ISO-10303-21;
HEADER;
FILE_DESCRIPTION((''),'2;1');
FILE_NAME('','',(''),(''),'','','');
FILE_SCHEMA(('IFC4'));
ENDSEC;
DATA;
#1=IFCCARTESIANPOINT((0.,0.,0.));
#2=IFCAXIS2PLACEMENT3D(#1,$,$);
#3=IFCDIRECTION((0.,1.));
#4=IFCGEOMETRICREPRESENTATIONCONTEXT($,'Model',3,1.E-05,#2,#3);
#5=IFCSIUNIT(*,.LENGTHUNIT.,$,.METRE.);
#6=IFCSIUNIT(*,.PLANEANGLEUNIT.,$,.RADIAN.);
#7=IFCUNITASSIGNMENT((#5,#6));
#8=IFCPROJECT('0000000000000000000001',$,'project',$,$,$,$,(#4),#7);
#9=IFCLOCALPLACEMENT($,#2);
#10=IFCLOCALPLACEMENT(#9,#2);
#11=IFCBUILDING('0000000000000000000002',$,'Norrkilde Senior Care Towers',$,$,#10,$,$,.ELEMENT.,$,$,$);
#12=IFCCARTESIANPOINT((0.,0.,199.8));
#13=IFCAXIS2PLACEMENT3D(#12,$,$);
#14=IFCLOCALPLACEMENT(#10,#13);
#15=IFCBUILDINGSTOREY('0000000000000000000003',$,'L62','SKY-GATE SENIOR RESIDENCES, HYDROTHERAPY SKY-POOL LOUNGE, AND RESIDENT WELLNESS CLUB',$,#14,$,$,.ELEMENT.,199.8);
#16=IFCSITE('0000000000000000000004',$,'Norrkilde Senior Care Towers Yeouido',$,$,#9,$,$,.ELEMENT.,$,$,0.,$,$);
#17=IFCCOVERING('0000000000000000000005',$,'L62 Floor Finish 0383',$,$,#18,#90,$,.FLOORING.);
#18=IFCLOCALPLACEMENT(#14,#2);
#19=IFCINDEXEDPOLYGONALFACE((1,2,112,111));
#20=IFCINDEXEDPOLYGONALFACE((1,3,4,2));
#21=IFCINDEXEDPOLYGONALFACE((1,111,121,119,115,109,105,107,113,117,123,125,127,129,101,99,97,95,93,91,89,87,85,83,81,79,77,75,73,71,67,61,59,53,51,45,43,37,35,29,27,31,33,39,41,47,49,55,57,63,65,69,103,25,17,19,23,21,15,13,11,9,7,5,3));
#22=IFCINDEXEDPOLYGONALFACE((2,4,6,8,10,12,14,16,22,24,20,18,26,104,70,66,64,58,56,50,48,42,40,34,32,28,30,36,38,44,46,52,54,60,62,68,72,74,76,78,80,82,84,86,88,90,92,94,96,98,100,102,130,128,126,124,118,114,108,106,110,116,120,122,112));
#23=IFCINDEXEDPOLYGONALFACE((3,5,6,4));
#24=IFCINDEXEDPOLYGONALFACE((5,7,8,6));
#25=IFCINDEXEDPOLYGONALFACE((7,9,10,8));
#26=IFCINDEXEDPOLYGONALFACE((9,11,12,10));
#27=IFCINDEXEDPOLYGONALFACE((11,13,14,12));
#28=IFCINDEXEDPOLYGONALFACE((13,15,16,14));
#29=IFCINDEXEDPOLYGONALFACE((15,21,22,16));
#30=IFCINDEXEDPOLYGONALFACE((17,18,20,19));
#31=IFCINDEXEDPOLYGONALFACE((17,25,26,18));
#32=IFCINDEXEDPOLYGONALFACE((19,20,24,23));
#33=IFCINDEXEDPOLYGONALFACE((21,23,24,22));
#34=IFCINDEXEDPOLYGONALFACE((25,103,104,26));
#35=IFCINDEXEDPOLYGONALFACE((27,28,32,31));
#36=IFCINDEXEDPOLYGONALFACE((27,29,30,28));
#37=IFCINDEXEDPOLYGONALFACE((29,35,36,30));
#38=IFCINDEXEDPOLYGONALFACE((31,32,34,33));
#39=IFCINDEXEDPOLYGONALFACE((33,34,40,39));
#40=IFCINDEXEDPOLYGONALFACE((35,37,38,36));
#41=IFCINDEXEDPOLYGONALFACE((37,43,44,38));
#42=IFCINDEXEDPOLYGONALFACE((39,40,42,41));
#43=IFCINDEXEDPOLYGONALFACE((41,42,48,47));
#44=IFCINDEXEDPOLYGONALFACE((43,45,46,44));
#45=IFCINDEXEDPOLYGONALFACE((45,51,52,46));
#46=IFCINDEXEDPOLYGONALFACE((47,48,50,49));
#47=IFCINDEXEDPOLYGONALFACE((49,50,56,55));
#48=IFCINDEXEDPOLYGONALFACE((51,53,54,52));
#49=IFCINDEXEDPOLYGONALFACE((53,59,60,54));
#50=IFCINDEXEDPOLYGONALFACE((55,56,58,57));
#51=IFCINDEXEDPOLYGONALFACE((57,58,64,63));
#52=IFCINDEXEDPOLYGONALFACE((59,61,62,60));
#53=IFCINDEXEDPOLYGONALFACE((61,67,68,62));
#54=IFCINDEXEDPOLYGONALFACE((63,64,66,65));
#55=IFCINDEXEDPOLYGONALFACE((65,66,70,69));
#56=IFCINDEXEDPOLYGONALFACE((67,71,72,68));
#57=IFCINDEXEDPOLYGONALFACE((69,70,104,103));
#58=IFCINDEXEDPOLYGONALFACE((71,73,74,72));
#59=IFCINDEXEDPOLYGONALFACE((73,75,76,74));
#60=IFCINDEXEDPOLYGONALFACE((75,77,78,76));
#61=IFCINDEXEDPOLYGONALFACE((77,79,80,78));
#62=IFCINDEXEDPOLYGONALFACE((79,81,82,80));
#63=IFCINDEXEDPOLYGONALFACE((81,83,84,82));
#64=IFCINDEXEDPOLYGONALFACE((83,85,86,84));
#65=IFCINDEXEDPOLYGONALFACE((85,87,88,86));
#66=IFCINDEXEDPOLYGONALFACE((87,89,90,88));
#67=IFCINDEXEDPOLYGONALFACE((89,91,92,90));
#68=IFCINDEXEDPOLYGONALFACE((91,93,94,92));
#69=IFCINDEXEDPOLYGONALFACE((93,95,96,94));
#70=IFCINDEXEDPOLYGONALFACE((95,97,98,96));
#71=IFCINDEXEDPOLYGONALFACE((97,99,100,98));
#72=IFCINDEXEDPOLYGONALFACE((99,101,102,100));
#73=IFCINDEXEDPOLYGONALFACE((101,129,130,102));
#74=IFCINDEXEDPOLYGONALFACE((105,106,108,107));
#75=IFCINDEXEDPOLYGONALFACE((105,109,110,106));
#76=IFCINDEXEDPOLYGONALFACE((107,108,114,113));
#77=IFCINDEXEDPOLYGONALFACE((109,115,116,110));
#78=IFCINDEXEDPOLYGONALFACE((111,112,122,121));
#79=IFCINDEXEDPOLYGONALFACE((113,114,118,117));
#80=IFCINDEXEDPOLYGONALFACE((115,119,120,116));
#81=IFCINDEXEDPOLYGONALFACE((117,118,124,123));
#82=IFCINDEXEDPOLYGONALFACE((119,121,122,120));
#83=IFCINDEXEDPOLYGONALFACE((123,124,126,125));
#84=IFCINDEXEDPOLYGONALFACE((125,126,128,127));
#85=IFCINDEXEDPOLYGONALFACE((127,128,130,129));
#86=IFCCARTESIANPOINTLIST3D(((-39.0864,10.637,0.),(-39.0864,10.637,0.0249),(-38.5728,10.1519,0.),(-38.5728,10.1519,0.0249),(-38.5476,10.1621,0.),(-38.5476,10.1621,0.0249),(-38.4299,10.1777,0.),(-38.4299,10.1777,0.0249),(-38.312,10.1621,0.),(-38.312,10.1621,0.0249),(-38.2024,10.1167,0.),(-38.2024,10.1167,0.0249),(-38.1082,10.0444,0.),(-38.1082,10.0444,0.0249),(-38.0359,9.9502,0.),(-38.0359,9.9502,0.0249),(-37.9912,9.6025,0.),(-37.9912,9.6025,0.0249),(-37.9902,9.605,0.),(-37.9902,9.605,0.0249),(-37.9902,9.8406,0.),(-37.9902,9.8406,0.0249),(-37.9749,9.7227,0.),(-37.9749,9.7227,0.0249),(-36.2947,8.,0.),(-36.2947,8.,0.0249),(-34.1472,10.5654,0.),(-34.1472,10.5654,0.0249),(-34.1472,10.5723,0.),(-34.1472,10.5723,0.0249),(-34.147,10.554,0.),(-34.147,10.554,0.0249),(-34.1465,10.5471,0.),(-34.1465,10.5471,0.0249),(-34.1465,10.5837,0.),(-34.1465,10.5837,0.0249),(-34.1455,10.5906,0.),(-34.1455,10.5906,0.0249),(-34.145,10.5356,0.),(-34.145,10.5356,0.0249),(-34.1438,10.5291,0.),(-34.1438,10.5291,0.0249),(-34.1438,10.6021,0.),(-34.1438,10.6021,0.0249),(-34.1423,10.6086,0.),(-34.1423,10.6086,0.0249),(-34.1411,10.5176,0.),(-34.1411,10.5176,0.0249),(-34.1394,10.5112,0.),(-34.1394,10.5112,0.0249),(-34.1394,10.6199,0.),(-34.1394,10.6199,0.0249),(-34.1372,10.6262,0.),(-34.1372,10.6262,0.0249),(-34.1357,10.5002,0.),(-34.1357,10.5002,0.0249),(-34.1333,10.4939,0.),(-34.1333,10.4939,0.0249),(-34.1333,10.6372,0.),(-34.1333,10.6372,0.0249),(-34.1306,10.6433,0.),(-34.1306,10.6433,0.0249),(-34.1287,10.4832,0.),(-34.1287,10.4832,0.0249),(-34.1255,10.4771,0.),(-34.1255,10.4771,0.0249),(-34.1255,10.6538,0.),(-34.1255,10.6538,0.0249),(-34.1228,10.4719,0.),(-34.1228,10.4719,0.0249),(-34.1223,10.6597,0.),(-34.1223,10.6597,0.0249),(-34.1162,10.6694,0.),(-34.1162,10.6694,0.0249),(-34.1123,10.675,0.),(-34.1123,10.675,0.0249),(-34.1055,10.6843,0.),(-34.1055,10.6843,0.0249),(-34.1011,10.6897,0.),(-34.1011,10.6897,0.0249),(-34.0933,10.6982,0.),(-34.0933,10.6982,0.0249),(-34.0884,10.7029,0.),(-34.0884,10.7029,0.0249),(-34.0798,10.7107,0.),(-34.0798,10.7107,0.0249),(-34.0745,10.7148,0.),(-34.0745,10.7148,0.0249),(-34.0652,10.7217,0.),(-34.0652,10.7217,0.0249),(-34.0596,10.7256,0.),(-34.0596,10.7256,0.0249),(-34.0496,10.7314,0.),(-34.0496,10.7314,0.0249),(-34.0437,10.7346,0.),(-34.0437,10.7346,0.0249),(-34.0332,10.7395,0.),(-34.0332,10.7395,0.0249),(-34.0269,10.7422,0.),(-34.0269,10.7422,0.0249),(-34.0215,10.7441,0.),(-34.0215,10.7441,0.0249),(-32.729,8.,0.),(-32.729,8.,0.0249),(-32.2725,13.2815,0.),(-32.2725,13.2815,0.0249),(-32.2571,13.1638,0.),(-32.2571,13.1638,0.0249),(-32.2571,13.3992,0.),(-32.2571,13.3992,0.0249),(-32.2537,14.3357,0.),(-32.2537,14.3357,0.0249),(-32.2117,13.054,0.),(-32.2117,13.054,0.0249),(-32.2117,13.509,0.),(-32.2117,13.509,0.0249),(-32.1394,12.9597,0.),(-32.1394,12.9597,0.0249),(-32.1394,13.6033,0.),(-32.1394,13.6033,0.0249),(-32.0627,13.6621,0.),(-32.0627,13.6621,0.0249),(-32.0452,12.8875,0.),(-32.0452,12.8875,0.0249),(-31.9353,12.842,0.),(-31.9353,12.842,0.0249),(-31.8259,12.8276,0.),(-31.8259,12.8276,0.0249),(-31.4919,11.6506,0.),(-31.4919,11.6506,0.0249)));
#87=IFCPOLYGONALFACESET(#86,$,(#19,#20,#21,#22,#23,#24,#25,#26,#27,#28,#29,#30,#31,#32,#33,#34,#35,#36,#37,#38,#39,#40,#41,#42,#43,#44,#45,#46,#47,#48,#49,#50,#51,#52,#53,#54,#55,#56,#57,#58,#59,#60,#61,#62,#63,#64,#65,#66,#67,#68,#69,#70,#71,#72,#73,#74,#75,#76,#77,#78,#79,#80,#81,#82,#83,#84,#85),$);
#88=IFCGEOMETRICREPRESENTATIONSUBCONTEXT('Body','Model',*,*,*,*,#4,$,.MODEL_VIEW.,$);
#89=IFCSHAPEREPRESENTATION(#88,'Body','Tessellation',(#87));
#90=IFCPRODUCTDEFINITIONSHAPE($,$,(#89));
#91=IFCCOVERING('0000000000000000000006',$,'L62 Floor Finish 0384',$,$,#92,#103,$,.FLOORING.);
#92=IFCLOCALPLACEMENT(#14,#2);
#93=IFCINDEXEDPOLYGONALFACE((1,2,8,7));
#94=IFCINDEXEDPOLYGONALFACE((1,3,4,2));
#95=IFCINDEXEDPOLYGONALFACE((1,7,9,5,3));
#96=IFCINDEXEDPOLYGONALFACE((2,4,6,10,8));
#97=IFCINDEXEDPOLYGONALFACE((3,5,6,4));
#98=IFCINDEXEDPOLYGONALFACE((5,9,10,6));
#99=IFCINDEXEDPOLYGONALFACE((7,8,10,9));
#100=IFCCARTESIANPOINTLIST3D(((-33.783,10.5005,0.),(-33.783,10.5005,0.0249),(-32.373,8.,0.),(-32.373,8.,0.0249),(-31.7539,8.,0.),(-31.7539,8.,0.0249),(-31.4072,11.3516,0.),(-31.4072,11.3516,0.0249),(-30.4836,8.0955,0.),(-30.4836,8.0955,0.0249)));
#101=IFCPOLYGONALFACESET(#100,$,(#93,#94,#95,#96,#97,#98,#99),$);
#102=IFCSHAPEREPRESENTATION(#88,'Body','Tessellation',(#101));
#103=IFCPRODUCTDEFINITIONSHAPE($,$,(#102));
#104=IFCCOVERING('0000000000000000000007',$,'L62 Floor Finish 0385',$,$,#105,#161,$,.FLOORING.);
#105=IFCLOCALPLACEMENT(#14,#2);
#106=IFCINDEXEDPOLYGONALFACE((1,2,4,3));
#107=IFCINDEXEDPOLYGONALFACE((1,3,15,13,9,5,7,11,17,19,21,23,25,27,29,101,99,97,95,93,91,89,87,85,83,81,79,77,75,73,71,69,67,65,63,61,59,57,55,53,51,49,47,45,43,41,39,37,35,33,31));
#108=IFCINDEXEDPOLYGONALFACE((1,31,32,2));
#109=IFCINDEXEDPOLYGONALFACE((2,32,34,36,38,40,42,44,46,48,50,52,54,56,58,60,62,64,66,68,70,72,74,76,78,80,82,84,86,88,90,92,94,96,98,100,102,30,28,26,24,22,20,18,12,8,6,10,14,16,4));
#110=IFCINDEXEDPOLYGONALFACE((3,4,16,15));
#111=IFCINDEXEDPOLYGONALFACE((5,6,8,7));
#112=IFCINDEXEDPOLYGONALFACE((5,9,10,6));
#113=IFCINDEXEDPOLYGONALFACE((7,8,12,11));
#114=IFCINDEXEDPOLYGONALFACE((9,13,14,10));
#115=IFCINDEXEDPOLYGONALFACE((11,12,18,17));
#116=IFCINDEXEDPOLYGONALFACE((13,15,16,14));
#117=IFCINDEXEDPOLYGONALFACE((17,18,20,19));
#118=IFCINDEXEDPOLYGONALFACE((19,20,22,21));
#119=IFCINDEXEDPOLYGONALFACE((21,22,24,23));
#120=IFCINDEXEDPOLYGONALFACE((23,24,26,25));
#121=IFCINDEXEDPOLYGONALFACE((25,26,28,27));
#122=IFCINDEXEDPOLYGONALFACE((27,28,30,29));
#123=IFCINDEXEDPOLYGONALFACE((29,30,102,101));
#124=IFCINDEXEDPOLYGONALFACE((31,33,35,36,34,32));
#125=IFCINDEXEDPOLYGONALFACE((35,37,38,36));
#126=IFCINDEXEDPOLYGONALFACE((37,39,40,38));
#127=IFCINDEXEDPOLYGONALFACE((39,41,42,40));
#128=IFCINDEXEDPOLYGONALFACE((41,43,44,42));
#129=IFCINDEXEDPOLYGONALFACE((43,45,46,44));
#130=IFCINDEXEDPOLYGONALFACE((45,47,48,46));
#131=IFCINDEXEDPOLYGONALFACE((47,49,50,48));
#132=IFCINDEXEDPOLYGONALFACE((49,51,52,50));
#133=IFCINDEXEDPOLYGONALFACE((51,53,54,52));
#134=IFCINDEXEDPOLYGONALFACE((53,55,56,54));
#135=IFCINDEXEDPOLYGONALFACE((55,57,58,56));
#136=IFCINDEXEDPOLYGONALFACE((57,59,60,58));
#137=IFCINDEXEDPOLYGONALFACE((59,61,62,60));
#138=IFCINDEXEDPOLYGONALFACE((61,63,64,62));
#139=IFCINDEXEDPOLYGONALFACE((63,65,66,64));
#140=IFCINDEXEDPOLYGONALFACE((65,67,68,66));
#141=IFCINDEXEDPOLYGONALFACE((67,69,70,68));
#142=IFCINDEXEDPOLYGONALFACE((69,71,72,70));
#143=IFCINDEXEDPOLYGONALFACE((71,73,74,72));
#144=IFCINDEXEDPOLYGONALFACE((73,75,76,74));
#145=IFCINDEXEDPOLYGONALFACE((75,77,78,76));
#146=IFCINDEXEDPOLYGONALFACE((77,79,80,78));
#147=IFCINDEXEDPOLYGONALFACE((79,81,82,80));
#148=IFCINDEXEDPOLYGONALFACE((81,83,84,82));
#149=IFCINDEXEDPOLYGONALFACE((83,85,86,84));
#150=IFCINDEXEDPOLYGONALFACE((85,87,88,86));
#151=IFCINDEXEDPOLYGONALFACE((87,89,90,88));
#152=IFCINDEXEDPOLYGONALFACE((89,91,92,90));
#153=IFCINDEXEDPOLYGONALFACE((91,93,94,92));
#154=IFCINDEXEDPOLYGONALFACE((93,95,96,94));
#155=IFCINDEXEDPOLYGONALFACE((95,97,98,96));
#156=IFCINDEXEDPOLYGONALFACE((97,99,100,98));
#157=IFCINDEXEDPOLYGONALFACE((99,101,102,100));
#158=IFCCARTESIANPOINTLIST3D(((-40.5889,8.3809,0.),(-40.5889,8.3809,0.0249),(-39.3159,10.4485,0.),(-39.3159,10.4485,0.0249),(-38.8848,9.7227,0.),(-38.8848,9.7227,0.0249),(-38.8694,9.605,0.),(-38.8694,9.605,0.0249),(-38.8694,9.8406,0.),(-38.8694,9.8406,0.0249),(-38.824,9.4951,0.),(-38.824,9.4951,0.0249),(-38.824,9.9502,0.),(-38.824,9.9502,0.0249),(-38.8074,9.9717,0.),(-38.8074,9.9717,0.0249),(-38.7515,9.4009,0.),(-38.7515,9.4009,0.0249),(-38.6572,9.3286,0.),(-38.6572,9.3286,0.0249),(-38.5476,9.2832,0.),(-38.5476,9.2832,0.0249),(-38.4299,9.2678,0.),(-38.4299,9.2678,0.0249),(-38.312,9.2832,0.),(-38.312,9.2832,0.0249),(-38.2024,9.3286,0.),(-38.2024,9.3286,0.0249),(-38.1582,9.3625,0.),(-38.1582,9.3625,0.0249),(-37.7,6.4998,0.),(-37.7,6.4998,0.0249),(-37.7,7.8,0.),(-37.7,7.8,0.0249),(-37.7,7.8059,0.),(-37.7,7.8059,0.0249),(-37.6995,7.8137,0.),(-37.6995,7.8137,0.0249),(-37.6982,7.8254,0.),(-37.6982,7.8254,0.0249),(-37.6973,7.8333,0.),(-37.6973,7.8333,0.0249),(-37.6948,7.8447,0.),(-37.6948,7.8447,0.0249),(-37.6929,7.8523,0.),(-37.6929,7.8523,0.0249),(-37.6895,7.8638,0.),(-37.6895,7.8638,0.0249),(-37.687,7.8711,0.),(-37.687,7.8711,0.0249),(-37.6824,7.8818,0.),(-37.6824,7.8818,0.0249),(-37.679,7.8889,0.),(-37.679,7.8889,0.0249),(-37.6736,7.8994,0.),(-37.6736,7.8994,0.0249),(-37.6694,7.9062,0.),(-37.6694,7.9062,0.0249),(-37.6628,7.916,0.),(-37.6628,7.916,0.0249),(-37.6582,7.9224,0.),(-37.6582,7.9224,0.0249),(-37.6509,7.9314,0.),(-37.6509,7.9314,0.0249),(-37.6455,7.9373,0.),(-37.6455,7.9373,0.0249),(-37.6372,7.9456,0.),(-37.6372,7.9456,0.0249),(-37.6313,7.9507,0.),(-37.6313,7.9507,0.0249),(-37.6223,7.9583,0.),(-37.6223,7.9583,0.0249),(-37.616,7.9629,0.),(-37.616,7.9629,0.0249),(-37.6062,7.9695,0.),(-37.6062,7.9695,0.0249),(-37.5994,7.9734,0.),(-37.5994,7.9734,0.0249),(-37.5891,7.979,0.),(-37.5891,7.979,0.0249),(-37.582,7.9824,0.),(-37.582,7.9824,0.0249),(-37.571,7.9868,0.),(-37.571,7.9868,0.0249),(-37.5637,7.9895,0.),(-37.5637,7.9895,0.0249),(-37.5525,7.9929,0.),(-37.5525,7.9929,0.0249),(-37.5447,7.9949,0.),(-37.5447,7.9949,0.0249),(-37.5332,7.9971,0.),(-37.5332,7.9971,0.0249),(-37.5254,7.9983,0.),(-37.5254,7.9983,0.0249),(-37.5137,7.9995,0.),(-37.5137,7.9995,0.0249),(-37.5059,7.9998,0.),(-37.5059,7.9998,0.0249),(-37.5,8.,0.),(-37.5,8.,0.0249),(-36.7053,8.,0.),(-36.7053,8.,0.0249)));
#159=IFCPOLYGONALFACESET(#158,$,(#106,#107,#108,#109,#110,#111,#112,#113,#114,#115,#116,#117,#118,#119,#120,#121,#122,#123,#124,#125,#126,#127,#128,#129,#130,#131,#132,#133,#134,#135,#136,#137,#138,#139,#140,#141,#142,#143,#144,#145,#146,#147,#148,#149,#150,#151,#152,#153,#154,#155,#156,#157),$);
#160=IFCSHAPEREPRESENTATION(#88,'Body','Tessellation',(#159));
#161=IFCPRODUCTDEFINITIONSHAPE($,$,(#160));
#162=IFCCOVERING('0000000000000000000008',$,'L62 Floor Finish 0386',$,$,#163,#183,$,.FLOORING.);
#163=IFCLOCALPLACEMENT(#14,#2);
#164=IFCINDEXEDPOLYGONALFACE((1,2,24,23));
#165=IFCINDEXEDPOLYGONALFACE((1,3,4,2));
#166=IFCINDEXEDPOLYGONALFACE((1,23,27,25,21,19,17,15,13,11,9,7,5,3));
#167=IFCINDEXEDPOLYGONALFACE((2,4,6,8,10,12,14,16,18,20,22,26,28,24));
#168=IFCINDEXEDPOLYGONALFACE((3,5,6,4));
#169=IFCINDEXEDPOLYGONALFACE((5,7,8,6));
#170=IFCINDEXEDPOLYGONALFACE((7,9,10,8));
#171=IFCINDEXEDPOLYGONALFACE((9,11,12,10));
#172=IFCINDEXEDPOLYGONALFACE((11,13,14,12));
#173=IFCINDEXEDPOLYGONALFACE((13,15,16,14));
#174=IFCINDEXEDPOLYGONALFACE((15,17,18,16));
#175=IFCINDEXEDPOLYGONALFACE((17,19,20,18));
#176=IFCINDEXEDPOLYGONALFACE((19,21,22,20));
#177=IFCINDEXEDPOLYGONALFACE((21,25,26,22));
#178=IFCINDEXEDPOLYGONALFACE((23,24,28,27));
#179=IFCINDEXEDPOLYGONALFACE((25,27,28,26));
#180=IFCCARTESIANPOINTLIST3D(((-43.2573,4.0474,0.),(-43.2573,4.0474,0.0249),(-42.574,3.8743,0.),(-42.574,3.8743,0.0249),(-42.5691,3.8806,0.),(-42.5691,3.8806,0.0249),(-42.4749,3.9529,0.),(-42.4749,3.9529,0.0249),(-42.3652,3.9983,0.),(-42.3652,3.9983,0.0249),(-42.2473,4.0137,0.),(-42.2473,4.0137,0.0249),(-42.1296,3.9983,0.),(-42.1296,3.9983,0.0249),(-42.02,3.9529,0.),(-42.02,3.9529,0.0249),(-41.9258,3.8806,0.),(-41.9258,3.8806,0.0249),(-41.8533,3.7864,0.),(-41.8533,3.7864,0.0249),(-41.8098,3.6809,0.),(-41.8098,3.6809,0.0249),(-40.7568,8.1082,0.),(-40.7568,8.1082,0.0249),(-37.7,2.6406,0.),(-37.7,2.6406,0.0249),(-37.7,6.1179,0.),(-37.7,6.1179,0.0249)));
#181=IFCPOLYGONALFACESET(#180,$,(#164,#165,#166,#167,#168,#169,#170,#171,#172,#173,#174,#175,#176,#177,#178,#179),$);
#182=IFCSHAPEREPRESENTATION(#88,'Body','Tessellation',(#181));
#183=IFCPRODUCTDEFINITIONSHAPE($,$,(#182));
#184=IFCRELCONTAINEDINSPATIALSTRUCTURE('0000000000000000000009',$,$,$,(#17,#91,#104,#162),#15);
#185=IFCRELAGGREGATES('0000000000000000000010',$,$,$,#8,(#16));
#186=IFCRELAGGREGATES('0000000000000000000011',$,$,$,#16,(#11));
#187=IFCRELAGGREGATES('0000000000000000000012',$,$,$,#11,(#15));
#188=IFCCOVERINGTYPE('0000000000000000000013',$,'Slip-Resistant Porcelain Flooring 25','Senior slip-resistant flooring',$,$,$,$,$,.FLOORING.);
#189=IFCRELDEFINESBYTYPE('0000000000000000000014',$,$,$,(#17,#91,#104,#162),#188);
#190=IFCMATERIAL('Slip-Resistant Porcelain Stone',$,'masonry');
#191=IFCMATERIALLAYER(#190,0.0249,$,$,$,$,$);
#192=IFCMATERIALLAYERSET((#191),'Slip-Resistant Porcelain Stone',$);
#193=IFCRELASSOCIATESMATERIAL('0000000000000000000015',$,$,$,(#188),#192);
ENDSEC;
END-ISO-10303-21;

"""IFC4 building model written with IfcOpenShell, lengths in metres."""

from ifc_helpers import new_model, si_unit, direction, frame, origin, place, context, subcontext, project, spatial, polyline, outline, extrude, material, layer, layer_set, type_object, element, save


model = new_model("IFC4")

# Units and contexts
model_context = context("Model", 3, precision=1e-05, world=origin(), true_north=direction((0.0, 1.0)))
body_context = subcontext(model_context, "Body", "Model", "MODEL_VIEW")
ifc_project = project(units=[si_unit("LENGTHUNIT", "METRE"), si_unit("PLANEANGLEUNIT", "RADIAN")], contexts=[model_context])

# Site, building, storey
site_placement = place(None, origin())
site = spatial("IfcSite", under=ifc_project, at=site_placement, Name="Norrkilde Senior Care Towers Yeouido", CompositionType="ELEMENT", RefElevation=0.0)
building_placement = place(site_placement, origin())
building = spatial("IfcBuilding", under=site, at=building_placement, Name="Norrkilde Senior Care Towers", CompositionType="ELEMENT")
storey_placement = place(building_placement, frame((0.0, 0.0, 199.8)))
storey = spatial("IfcBuildingStorey", under=building, at=storey_placement, Name="L62", Description="SKY-GATE SENIOR RESIDENCES, HYDROTHERAPY SKY-POOL LOUNGE, AND RESIDENT WELLNESS CLUB", CompositionType="ELEMENT", Elevation=199.8)

# Coverings
ifc_material_1 = material(Name="Slip-Resistant Porcelain Stone", Category="masonry")
ifc_layer_1 = layer(ifc_material_1, 0.0249)
ifc_layer_set_1 = layer_set([ifc_layer_1], Name="Slip-Resistant Porcelain Stone")
covering_type_1 = type_object("IfcCoveringType", Name="Slip-Resistant Porcelain Flooring 25", Description="Senior slip-resistant flooring", PredefinedType="FLOORING", material=ifc_layer_set_1)
covering_1_placement = place(storey_placement, origin())
element("IfcCovering", 1, at=covering_1_placement, inside=storey, type_object=covering_type_1, Name="L62 Floor Finish 0383", PredefinedType="FLOORING", context=body_context, shape_type="SweptSolid", body=[
    extrude(outline(polyline([(-34.0596, 10.7256), (-34.0652, 10.7217), (-34.0745, 10.7148), (-34.0798, 10.7107), (-34.0884, 10.7029), (-34.0933, 10.6982), (-34.1011, 10.6897), (-34.1055, 10.6843), (-34.1123, 10.675), (-34.1162, 10.6694), (-34.1223, 10.6597), (-34.1255, 10.6538), (-34.1306, 10.6433), (-34.1333, 10.6372), (-34.1372, 10.6262), (-34.1394, 10.6199), (-34.1423, 10.6086), (-34.1438, 10.6021), (-34.1455, 10.5906), (-34.1465, 10.5837), (-34.1472, 10.5723), (-34.1472, 10.5654), (-34.147, 10.554), (-34.1465, 10.5471), (-34.145, 10.5356), (-34.1438, 10.5291), (-34.1411, 10.5176), (-34.1394, 10.5112), (-34.1357, 10.5002), (-34.1333, 10.4939), (-34.1287, 10.4832), (-34.1255, 10.4771), (-34.1228, 10.4719), (-32.729, 8.0), (-36.2947, 8.0), (-37.9912, 9.6025), (-37.9902, 9.605), (-37.9749, 9.7227), (-37.9902, 9.8406), (-38.0359, 9.9502), (-38.1082, 10.0444), (-38.2024, 10.1167), (-38.312, 10.1621), (-38.4299, 10.1777), (-38.5476, 10.1621), (-38.5728, 10.1519), (-39.0864, 10.637), (-32.2537, 14.3357), (-32.0627, 13.6621), (-32.1394, 13.6033), (-32.2117, 13.509), (-32.2571, 13.3992), (-32.2725, 13.2815), (-32.2571, 13.1638), (-32.2117, 13.054), (-32.1394, 12.9597), (-32.0452, 12.8875), (-31.9353, 12.842), (-31.8259, 12.8276), (-31.4919, 11.6506), (-34.0215, 10.7441), (-34.0269, 10.7422), (-34.0332, 10.7395), (-34.0437, 10.7346), (-34.0496, 10.7314), (-34.0596, 10.7256)])), origin(), (0.0, 0.0, 1.0), 0.0249),
])
covering_2_placement = place(storey_placement, origin())
element("IfcCovering", 2, at=covering_2_placement, inside=storey, type_object=covering_type_1, Name="L62 Floor Finish 0384", PredefinedType="FLOORING", context=body_context, shape_type="SweptSolid", body=[
    extrude(outline(polyline([(-33.783, 10.5005), (-31.4072, 11.3516), (-30.4836, 8.0955), (-31.7539, 8.0), (-32.373, 8.0), (-33.783, 10.5005)])), origin(), (0.0, 0.0, 1.0), 0.0249),
])
covering_3_placement = place(storey_placement, origin())
element("IfcCovering", 3, at=covering_3_placement, inside=storey, type_object=covering_type_1, Name="L62 Floor Finish 0385", PredefinedType="FLOORING", context=body_context, shape_type="SweptSolid", body=[
    extrude(outline(polyline([(-37.5254, 7.9983), (-37.5332, 7.9971), (-37.5447, 7.9949), (-37.5525, 7.9929), (-37.5637, 7.9895), (-37.571, 7.9868), (-37.582, 7.9824), (-37.5891, 7.979), (-37.5994, 7.9734), (-37.6062, 7.9695), (-37.616, 7.9629), (-37.6223, 7.9583), (-37.6313, 7.9507), (-37.6372, 7.9456), (-37.6455, 7.9373), (-37.6509, 7.9314), (-37.6582, 7.9224), (-37.6628, 7.916), (-37.6694, 7.9062), (-37.6736, 7.8994), (-37.679, 7.8889), (-37.6824, 7.8818), (-37.687, 7.8711), (-37.6895, 7.8638), (-37.6929, 7.8523), (-37.6948, 7.8447), (-37.6973, 7.8333), (-37.6982, 7.8254), (-37.6995, 7.8137), (-37.7, 7.8059), (-37.7, 7.8), (-37.7, 6.4998), (-40.5889, 8.3809), (-39.3159, 10.4485), (-38.8074, 9.9717), (-38.824, 9.9502), (-38.8694, 9.8406), (-38.8848, 9.7227), (-38.8694, 9.605), (-38.824, 9.4951), (-38.7515, 9.4009), (-38.6572, 9.3286), (-38.5476, 9.2832), (-38.4299, 9.2678), (-38.312, 9.2832), (-38.2024, 9.3286), (-38.1582, 9.3625), (-36.7053, 8.0), (-37.5, 8.0), (-37.5059, 7.9998), (-37.5137, 7.9995), (-37.5254, 7.9983)])), origin(), (0.0, 0.0, 1.0), 0.0249),
])
covering_4_placement = place(storey_placement, origin())
element("IfcCovering", 4, at=covering_4_placement, inside=storey, type_object=covering_type_1, Name="L62 Floor Finish 0386", PredefinedType="FLOORING", context=body_context, shape_type="SweptSolid", body=[
    extrude(outline(polyline([(-40.7568, 8.1082), (-37.7, 6.1179), (-37.7, 2.6406), (-41.8098, 3.6809), (-41.8533, 3.7864), (-41.9258, 3.8806), (-42.02, 3.9529), (-42.1296, 3.9983), (-42.2473, 4.0137), (-42.3652, 3.9983), (-42.4749, 3.9529), (-42.5691, 3.8806), (-42.574, 3.8743), (-43.2573, 4.0474), (-40.7568, 8.1082)])), origin(), (0.0, 0.0, 1.0), 0.0249),
])

save(model, "model.ifc")
